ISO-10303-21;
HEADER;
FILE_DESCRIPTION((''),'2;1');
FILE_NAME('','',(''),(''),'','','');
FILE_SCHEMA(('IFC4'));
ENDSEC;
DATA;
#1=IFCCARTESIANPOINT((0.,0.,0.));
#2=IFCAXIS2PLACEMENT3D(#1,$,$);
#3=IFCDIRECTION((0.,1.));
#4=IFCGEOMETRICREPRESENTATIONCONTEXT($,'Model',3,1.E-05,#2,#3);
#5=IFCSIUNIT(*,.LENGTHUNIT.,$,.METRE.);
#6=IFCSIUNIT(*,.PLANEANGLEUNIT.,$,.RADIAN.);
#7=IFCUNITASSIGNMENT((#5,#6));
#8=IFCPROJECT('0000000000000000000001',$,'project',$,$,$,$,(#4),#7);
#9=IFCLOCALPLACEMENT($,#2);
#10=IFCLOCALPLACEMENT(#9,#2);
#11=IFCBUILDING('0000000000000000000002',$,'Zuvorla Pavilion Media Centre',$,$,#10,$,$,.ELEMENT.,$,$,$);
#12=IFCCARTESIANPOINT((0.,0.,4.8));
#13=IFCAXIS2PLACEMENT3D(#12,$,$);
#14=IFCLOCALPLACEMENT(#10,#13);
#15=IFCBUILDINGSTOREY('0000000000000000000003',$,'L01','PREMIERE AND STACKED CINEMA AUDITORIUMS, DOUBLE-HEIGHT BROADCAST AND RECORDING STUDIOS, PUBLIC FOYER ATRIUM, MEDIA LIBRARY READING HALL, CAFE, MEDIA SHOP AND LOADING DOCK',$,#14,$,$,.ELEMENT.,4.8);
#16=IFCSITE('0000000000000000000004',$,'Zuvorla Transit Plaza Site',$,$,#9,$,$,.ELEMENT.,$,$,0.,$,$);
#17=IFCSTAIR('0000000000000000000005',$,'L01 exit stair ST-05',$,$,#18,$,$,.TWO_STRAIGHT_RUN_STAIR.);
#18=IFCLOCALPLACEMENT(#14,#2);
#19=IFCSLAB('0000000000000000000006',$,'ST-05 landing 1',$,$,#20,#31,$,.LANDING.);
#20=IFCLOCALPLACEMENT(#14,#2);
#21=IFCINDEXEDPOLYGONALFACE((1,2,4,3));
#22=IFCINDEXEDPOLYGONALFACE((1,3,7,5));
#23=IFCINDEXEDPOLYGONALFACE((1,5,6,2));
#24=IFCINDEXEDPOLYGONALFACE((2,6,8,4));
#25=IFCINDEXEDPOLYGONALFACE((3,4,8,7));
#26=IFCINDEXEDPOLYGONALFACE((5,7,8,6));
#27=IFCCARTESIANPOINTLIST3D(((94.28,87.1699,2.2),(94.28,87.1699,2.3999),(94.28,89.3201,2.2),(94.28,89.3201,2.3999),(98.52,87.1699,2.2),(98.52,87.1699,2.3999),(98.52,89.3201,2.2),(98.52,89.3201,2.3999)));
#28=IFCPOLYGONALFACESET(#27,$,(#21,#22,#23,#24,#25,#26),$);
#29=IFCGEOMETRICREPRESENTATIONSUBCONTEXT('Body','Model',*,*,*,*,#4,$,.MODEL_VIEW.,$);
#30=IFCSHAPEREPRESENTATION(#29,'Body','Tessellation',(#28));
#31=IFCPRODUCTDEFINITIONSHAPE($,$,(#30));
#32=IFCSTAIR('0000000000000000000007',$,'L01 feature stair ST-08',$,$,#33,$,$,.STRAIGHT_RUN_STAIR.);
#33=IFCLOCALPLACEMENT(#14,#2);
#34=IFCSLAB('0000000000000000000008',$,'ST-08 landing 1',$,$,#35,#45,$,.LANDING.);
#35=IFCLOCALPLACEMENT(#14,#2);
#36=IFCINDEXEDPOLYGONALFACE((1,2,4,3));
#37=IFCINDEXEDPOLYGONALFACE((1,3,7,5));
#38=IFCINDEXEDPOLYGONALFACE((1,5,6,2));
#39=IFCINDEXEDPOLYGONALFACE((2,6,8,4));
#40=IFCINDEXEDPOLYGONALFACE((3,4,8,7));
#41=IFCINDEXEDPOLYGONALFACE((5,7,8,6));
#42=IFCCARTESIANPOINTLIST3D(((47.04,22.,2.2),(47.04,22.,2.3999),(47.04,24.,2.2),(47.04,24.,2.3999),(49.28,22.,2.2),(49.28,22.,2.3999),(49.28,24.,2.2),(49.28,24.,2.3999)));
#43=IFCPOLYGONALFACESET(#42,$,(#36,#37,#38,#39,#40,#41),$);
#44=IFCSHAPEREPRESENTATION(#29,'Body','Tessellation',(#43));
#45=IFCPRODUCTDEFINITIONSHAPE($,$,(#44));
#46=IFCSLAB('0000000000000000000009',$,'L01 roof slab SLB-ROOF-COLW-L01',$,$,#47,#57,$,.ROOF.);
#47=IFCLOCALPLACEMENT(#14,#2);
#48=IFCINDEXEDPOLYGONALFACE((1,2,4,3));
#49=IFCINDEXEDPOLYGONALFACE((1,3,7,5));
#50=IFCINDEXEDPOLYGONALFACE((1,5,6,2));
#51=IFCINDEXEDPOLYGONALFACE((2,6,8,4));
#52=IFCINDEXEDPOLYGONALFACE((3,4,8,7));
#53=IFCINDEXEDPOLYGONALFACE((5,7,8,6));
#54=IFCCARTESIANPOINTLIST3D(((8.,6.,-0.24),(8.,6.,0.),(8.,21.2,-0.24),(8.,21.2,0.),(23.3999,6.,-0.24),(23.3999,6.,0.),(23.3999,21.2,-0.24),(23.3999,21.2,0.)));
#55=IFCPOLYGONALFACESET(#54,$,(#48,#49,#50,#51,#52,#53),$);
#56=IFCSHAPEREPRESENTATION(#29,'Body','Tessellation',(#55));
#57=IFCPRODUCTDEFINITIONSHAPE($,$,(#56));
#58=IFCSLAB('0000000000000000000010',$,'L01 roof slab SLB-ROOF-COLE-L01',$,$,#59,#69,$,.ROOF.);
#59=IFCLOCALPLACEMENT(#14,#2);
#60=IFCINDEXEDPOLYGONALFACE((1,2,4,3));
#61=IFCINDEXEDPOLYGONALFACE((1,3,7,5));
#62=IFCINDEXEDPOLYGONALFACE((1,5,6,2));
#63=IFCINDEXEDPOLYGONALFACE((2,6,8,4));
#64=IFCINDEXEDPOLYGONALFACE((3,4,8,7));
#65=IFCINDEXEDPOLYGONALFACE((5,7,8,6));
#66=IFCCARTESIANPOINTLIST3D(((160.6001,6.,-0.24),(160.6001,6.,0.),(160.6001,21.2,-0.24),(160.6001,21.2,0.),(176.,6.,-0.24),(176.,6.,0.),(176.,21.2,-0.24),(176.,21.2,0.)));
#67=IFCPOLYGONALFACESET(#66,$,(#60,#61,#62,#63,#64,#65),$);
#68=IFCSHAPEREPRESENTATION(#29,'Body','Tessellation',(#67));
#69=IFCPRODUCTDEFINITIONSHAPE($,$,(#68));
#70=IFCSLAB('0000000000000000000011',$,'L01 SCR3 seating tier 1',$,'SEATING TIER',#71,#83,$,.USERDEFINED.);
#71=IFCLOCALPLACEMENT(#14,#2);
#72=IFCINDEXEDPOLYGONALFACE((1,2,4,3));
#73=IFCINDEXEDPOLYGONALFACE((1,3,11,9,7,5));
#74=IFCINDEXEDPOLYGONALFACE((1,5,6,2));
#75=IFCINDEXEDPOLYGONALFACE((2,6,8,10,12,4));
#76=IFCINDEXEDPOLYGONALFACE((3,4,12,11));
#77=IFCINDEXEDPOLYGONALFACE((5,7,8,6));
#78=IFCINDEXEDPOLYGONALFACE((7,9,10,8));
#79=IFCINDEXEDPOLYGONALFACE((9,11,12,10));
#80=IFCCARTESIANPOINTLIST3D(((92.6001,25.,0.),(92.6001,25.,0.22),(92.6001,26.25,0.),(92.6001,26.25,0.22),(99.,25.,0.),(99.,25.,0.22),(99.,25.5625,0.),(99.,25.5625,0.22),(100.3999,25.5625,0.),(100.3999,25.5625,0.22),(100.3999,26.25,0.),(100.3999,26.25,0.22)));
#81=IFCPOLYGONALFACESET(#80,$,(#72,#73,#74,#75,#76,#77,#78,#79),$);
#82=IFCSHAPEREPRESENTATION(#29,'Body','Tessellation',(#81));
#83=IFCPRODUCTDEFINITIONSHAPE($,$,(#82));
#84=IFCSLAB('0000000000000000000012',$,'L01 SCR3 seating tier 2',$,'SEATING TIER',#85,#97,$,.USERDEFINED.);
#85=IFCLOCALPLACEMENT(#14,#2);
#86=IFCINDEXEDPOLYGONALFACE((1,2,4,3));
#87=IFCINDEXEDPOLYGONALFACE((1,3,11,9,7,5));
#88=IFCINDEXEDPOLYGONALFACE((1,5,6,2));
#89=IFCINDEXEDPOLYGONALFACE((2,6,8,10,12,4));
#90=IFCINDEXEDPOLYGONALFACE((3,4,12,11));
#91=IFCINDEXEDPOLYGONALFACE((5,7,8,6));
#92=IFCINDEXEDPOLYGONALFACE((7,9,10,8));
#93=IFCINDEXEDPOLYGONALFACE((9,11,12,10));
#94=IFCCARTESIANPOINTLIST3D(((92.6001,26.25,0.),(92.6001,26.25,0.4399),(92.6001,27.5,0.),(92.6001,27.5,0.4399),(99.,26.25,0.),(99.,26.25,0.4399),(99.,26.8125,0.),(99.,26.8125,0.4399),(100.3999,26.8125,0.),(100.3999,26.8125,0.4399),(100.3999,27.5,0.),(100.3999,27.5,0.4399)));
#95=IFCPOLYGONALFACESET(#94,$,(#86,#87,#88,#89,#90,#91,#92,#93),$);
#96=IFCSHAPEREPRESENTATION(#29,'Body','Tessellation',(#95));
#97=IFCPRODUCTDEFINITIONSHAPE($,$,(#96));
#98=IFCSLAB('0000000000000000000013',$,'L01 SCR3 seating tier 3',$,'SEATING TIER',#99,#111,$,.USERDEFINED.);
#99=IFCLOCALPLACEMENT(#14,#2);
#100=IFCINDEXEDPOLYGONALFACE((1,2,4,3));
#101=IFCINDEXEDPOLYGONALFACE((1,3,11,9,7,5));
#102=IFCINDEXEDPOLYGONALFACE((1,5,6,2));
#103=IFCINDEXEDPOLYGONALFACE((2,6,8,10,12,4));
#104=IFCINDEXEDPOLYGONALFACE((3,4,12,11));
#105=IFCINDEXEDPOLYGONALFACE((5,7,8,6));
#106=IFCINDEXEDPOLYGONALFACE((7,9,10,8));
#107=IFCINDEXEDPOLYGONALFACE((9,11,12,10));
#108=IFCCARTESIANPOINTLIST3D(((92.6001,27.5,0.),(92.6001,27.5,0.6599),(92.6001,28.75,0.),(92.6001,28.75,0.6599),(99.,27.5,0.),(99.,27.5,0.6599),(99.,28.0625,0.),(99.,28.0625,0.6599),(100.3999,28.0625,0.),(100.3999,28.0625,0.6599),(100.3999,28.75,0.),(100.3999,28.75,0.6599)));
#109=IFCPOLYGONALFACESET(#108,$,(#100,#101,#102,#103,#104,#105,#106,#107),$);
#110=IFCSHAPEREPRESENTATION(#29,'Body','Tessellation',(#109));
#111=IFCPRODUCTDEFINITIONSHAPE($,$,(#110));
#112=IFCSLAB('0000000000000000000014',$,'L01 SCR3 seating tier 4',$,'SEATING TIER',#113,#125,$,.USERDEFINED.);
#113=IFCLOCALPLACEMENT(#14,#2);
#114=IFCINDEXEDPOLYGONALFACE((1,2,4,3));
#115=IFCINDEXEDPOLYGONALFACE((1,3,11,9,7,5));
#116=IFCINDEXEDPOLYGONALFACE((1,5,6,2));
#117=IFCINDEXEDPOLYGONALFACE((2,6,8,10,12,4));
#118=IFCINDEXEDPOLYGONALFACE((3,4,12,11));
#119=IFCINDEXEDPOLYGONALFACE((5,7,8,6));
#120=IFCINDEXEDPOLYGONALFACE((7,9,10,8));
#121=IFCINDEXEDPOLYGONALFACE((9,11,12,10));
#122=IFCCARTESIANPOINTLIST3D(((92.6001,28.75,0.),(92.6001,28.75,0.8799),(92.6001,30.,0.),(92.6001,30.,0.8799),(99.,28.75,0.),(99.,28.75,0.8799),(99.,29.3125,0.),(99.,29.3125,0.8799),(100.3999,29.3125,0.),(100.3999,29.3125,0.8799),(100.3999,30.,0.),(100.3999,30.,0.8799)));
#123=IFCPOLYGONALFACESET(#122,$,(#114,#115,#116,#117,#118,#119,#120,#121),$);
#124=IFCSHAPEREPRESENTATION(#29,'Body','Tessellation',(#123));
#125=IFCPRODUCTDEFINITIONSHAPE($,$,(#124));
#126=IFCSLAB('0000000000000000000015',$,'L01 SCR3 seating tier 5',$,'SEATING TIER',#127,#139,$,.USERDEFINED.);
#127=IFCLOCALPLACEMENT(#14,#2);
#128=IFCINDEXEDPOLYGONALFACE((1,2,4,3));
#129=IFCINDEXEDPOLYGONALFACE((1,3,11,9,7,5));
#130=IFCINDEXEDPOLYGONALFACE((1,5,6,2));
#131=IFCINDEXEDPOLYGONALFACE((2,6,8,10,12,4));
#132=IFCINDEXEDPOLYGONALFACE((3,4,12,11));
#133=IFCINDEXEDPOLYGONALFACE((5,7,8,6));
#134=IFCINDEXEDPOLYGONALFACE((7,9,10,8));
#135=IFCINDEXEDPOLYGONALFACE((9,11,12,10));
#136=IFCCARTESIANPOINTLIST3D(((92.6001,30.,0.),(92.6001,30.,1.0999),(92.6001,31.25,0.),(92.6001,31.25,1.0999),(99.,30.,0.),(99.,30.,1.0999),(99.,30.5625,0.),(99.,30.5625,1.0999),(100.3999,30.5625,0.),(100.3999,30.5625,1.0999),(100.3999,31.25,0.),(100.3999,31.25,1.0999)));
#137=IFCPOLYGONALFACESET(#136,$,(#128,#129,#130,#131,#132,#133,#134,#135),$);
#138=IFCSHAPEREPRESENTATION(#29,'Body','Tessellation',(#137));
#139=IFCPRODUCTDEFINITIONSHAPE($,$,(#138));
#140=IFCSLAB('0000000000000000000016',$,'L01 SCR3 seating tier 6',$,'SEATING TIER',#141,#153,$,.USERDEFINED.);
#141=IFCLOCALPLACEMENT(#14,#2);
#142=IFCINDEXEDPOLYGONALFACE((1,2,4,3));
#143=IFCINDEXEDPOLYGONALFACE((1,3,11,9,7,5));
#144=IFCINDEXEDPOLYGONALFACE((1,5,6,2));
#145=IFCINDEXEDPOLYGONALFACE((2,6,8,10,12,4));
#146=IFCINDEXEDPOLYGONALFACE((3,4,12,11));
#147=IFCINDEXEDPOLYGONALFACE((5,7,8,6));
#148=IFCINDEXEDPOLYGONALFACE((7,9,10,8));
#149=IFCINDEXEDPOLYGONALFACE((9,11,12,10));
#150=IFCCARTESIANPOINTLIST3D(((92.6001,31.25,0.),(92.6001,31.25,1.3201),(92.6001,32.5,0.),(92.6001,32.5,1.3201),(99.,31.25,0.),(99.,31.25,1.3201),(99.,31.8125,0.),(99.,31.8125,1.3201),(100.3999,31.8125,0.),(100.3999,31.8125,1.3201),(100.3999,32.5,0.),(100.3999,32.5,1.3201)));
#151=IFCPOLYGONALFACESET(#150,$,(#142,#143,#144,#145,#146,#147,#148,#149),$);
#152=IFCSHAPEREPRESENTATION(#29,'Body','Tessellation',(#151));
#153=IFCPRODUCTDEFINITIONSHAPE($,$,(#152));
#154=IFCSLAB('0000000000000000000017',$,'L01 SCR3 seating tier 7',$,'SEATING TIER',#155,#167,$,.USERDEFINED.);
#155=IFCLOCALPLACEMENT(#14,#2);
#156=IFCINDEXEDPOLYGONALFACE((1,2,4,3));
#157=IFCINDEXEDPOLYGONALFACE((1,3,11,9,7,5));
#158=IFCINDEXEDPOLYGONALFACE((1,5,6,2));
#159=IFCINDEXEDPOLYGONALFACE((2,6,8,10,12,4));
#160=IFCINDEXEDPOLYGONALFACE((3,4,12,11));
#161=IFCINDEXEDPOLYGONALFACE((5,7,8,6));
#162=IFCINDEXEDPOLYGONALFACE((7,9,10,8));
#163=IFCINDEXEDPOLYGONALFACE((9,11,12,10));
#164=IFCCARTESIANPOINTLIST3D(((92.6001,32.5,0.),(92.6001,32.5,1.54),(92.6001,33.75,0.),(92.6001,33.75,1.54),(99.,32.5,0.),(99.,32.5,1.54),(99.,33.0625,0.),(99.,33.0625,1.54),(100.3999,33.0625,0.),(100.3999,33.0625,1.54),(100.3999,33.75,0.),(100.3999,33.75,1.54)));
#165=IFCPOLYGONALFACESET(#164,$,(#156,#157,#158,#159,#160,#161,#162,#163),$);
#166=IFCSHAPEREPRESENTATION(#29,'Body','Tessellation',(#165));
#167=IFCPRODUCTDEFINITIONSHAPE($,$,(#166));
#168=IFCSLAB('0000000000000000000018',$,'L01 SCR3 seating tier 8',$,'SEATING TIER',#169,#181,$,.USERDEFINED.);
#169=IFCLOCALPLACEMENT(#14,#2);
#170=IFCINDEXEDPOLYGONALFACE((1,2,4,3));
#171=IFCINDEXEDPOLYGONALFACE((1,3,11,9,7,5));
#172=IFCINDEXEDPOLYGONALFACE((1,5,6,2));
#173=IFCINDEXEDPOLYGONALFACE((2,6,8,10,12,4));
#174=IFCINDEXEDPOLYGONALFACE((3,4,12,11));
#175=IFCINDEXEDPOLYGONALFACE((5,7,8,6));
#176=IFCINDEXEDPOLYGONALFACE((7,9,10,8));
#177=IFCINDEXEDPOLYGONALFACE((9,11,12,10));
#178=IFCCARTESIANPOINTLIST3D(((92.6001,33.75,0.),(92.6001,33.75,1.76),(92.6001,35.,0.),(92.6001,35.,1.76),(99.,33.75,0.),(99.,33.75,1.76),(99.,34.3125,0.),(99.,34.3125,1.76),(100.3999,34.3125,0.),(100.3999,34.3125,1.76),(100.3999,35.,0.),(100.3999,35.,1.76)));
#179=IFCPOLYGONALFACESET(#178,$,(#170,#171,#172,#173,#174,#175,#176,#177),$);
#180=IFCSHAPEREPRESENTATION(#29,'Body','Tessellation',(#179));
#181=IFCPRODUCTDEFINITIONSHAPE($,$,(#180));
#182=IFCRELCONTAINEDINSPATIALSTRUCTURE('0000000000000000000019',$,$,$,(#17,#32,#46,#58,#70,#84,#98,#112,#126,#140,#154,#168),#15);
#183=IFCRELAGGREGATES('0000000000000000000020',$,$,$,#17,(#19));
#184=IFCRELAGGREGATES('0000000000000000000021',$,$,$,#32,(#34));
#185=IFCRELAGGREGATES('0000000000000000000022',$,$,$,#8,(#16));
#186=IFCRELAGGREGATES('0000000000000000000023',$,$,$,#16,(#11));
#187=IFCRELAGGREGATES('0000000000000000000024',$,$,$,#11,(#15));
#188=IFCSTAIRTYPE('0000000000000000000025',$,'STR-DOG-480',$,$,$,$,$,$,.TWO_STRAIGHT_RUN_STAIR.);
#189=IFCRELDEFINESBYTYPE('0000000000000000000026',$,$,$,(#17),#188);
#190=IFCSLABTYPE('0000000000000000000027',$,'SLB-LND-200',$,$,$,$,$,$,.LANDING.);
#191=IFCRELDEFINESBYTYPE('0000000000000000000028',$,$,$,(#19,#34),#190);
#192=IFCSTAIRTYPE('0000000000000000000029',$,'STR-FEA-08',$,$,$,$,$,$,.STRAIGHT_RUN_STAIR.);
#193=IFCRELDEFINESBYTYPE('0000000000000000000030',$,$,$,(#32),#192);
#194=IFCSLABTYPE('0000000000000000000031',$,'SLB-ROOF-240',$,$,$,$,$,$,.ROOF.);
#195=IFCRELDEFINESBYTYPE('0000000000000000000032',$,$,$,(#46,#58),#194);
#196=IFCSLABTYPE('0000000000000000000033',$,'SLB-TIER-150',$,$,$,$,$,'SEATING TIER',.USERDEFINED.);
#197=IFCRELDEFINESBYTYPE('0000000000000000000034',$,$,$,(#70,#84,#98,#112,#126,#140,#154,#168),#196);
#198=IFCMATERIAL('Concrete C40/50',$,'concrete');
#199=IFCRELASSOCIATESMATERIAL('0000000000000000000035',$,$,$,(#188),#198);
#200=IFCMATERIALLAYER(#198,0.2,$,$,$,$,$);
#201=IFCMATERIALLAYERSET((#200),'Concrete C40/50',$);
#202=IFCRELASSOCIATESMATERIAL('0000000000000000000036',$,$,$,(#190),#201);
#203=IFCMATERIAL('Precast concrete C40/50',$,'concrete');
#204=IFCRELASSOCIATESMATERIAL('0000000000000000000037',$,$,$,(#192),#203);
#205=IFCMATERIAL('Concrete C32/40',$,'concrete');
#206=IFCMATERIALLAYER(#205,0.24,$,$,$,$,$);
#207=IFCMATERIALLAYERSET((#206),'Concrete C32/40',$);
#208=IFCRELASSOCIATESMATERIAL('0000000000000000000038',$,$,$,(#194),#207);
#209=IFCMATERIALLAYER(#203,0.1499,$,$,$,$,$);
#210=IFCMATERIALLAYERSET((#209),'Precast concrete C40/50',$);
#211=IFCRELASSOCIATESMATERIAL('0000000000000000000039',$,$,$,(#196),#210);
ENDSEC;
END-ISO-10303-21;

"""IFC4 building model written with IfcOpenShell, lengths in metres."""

from ifc_helpers import new_model, si_unit, direction, frame, origin, place, context, subcontext, project, spatial, polyline, outline, extrude, material, layer, layer_set, type_object, element, aggregate, save


model = new_model("IFC4")

# Units and contexts
model_context = context("Model", 3, precision=1e-05, world=origin(), true_north=direction((0.0, 1.0)))
body_context = subcontext(model_context, "Body", "Model", "MODEL_VIEW")
ifc_project = project(units=[si_unit("LENGTHUNIT", "METRE"), si_unit("PLANEANGLEUNIT", "RADIAN")], contexts=[model_context])

# Site, building, storey
site_placement = place(None, origin())
site = spatial("IfcSite", under=ifc_project, at=site_placement, Name="Zuvorla Transit Plaza Site", CompositionType="ELEMENT", RefElevation=0.0)
building_placement = place(site_placement, origin())
building = spatial("IfcBuilding", under=site, at=building_placement, Name="Zuvorla Pavilion Media Centre", CompositionType="ELEMENT")
storey_placement = place(building_placement, frame((0.0, 0.0, 4.8)))
storey = spatial("IfcBuildingStorey", under=building, at=storey_placement, Name="L01", Description="PREMIERE AND STACKED CINEMA AUDITORIUMS, DOUBLE-HEIGHT BROADCAST AND RECORDING STUDIOS, PUBLIC FOYER ATRIUM, MEDIA LIBRARY READING HALL, CAFE, MEDIA SHOP AND LOADING DOCK", CompositionType="ELEMENT", Elevation=4.8)

# Shared definitions
ifc_material_1 = material(Name="Concrete C40/50", Category="concrete")

# Stairs, slabs
stair_type_1 = type_object("IfcStairType", Name="STR-DOG-480", PredefinedType="TWO_STRAIGHT_RUN_STAIR", material=ifc_material_1)
ifc_layer_1 = layer(ifc_material_1, 0.2)
ifc_layer_set_1 = layer_set([ifc_layer_1], Name="Concrete C40/50")
slab_type_1 = type_object("IfcSlabType", Name="SLB-LND-200", PredefinedType="LANDING", material=ifc_layer_set_1)
stair_1_placement = place(storey_placement, origin())
stair_1 = element("IfcStair", 1, at=stair_1_placement, inside=storey, type_object=stair_type_1, Name="L01 exit stair ST-05", PredefinedType="TWO_STRAIGHT_RUN_STAIR")
slab_1_placement = place(storey_placement, frame((0.0, 0.0, 2.2)))
slab_1 = element("IfcSlab", 2, at=slab_1_placement, type_object=slab_type_1, Name="ST-05 landing 1", PredefinedType="LANDING", context=body_context, shape_type="SweptSolid", body=[
    extrude(outline(polyline([(94.28, 87.1699), (98.52, 87.1699), (98.52, 89.3201), (94.28, 89.3201), (94.28, 87.1699)])), origin(), (0.0, 0.0, 1.0), 0.2),
])
aggregate(stair_1, [slab_1])
ifc_material_2 = material(Name="Precast concrete C40/50", Category="concrete")
stair_type_2 = type_object("IfcStairType", Name="STR-FEA-08", PredefinedType="STRAIGHT_RUN_STAIR", material=ifc_material_2)
stair_2_placement = place(storey_placement, origin())
stair_2 = element("IfcStair", 3, at=stair_2_placement, inside=storey, type_object=stair_type_2, Name="L01 feature stair ST-08", PredefinedType="STRAIGHT_RUN_STAIR")
slab_2_placement = place(storey_placement, frame((0.0, 0.0, 2.2)))
slab_2 = element("IfcSlab", 4, at=slab_2_placement, type_object=slab_type_1, Name="ST-08 landing 1", PredefinedType="LANDING", context=body_context, shape_type="SweptSolid", body=[
    extrude(outline(polyline([(47.04, 22.0), (49.28, 22.0), (49.28, 24.0), (47.04, 24.0), (47.04, 22.0)])), origin(), (0.0, 0.0, 1.0), 0.2),
])
aggregate(stair_2, [slab_2])

# Shared definitions
ifc_material_3 = material(Name="Concrete C32/40", Category="concrete")
ifc_layer_2 = layer(ifc_material_3, 0.24)
ifc_layer_set_2 = layer_set([ifc_layer_2], Name="Concrete C32/40")
slab_type_2 = type_object("IfcSlabType", Name="SLB-ROOF-240", PredefinedType="ROOF", material=ifc_layer_set_2)

# Slabs
slab_3_placement = place(storey_placement, frame((0.0, 0.0, -0.24)))
element("IfcSlab", 5, at=slab_3_placement, inside=storey, type_object=slab_type_2, Name="L01 roof slab SLB-ROOF-COLW-L01", PredefinedType="ROOF", context=body_context, shape_type="SweptSolid", body=[
    extrude(outline(polyline([(23.3999, 6.0), (23.3999, 21.2), (8.0, 21.2), (8.0, 6.0), (23.3999, 6.0)])), origin(), (0.0, 0.0, 1.0), 0.24),
])
slab_4_placement = place(storey_placement, frame((0.0, 0.0, -0.24)))
element("IfcSlab", 6, at=slab_4_placement, inside=storey, type_object=slab_type_2, Name="L01 roof slab SLB-ROOF-COLE-L01", PredefinedType="ROOF", context=body_context, shape_type="SweptSolid", body=[
    extrude(outline(polyline([(176.0, 6.0), (176.0, 21.2), (160.6001, 21.2), (160.6001, 6.0), (176.0, 6.0)])), origin(), (0.0, 0.0, 1.0), 0.24),
])
ifc_layer_3 = layer(ifc_material_2, 0.1499)
ifc_layer_set_3 = layer_set([ifc_layer_3], Name="Precast concrete C40/50")
slab_type_3 = type_object("IfcSlabType", Name="SLB-TIER-150", ElementType="SEATING TIER", PredefinedType="USERDEFINED", material=ifc_layer_set_3)
slab_5_placement = place(storey_placement, origin())
element("IfcSlab", 7, at=slab_5_placement, inside=storey, type_object=slab_type_3, Name="L01 SCR3 seating tier 1", ObjectType="SEATING TIER", PredefinedType="USERDEFINED", context=body_context, shape_type="SweptSolid", body=[
    extrude(outline(polyline([(92.6001, 25.0), (99.0, 25.0), (99.0, 25.5625), (100.3999, 25.5625), (100.3999, 26.25), (92.6001, 26.25), (92.6001, 25.0)])), origin(), (0.0, 0.0, 1.0), 0.22),
])
slab_6_placement = place(storey_placement, origin())
element("IfcSlab", 8, at=slab_6_placement, inside=storey, type_object=slab_type_3, Name="L01 SCR3 seating tier 2", ObjectType="SEATING TIER", PredefinedType="USERDEFINED", context=body_context, shape_type="SweptSolid", body=[
    extrude(outline(polyline([(92.6001, 26.25), (99.0, 26.25), (99.0, 26.8125), (100.3999, 26.8125), (100.3999, 27.5), (92.6001, 27.5), (92.6001, 26.25)])), origin(), (0.0, 0.0, 1.0), 0.4399),
])
slab_7_placement = place(storey_placement, origin())
element("IfcSlab", 9, at=slab_7_placement, inside=storey, type_object=slab_type_3, Name="L01 SCR3 seating tier 3", ObjectType="SEATING TIER", PredefinedType="USERDEFINED", context=body_context, shape_type="SweptSolid", body=[
    extrude(outline(polyline([(92.6001, 27.5), (99.0, 27.5), (99.0, 28.0625), (100.3999, 28.0625), (100.3999, 28.75), (92.6001, 28.75), (92.6001, 27.5)])), origin(), (0.0, 0.0, 1.0), 0.6599),
])
slab_8_placement = place(storey_placement, origin())
element("IfcSlab", 10, at=slab_8_placement, inside=storey, type_object=slab_type_3, Name="L01 SCR3 seating tier 4", ObjectType="SEATING TIER", PredefinedType="USERDEFINED", context=body_context, shape_type="SweptSolid", body=[
    extrude(outline(polyline([(92.6001, 28.75), (99.0, 28.75), (99.0, 29.3125), (100.3999, 29.3125), (100.3999, 30.0), (92.6001, 30.0), (92.6001, 28.75)])), origin(), (0.0, 0.0, 1.0), 0.8799),
])
slab_9_placement = place(storey_placement, origin())
element("IfcSlab", 11, at=slab_9_placement, inside=storey, type_object=slab_type_3, Name="L01 SCR3 seating tier 5", ObjectType="SEATING TIER", PredefinedType="USERDEFINED", context=body_context, shape_type="SweptSolid", body=[
    extrude(outline(polyline([(92.6001, 30.0), (99.0, 30.0), (99.0, 30.5625), (100.3999, 30.5625), (100.3999, 31.25), (92.6001, 31.25), (92.6001, 30.0)])), origin(), (0.0, 0.0, 1.0), 1.0999),
])
slab_10_placement = place(storey_placement, origin())
element("IfcSlab", 12, at=slab_10_placement, inside=storey, type_object=slab_type_3, Name="L01 SCR3 seating tier 6", ObjectType="SEATING TIER", PredefinedType="USERDEFINED", context=body_context, shape_type="SweptSolid", body=[
    extrude(outline(polyline([(92.6001, 31.25), (99.0, 31.25), (99.0, 31.8125), (100.3999, 31.8125), (100.3999, 32.5), (92.6001, 32.5), (92.6001, 31.25)])), origin(), (0.0, 0.0, 1.0), 1.3201),
])
slab_11_placement = place(storey_placement, origin())
element("IfcSlab", 13, at=slab_11_placement, inside=storey, type_object=slab_type_3, Name="L01 SCR3 seating tier 7", ObjectType="SEATING TIER", PredefinedType="USERDEFINED", context=body_context, shape_type="SweptSolid", body=[
    extrude(outline(polyline([(92.6001, 32.5), (99.0, 32.5), (99.0, 33.0625), (100.3999, 33.0625), (100.3999, 33.75), (92.6001, 33.75), (92.6001, 32.5)])), origin(), (0.0, 0.0, 1.0), 1.54),
])
slab_12_placement = place(storey_placement, origin())
element("IfcSlab", 14, at=slab_12_placement, inside=storey, type_object=slab_type_3, Name="L01 SCR3 seating tier 8", ObjectType="SEATING TIER", PredefinedType="USERDEFINED", context=body_context, shape_type="SweptSolid", body=[
    extrude(outline(polyline([(92.6001, 33.75), (99.0, 33.75), (99.0, 34.3125), (100.3999, 34.3125), (100.3999, 35.0), (92.6001, 35.0), (92.6001, 33.75)])), origin(), (0.0, 0.0, 1.0), 1.76),
])

save(model, "model.ifc")
